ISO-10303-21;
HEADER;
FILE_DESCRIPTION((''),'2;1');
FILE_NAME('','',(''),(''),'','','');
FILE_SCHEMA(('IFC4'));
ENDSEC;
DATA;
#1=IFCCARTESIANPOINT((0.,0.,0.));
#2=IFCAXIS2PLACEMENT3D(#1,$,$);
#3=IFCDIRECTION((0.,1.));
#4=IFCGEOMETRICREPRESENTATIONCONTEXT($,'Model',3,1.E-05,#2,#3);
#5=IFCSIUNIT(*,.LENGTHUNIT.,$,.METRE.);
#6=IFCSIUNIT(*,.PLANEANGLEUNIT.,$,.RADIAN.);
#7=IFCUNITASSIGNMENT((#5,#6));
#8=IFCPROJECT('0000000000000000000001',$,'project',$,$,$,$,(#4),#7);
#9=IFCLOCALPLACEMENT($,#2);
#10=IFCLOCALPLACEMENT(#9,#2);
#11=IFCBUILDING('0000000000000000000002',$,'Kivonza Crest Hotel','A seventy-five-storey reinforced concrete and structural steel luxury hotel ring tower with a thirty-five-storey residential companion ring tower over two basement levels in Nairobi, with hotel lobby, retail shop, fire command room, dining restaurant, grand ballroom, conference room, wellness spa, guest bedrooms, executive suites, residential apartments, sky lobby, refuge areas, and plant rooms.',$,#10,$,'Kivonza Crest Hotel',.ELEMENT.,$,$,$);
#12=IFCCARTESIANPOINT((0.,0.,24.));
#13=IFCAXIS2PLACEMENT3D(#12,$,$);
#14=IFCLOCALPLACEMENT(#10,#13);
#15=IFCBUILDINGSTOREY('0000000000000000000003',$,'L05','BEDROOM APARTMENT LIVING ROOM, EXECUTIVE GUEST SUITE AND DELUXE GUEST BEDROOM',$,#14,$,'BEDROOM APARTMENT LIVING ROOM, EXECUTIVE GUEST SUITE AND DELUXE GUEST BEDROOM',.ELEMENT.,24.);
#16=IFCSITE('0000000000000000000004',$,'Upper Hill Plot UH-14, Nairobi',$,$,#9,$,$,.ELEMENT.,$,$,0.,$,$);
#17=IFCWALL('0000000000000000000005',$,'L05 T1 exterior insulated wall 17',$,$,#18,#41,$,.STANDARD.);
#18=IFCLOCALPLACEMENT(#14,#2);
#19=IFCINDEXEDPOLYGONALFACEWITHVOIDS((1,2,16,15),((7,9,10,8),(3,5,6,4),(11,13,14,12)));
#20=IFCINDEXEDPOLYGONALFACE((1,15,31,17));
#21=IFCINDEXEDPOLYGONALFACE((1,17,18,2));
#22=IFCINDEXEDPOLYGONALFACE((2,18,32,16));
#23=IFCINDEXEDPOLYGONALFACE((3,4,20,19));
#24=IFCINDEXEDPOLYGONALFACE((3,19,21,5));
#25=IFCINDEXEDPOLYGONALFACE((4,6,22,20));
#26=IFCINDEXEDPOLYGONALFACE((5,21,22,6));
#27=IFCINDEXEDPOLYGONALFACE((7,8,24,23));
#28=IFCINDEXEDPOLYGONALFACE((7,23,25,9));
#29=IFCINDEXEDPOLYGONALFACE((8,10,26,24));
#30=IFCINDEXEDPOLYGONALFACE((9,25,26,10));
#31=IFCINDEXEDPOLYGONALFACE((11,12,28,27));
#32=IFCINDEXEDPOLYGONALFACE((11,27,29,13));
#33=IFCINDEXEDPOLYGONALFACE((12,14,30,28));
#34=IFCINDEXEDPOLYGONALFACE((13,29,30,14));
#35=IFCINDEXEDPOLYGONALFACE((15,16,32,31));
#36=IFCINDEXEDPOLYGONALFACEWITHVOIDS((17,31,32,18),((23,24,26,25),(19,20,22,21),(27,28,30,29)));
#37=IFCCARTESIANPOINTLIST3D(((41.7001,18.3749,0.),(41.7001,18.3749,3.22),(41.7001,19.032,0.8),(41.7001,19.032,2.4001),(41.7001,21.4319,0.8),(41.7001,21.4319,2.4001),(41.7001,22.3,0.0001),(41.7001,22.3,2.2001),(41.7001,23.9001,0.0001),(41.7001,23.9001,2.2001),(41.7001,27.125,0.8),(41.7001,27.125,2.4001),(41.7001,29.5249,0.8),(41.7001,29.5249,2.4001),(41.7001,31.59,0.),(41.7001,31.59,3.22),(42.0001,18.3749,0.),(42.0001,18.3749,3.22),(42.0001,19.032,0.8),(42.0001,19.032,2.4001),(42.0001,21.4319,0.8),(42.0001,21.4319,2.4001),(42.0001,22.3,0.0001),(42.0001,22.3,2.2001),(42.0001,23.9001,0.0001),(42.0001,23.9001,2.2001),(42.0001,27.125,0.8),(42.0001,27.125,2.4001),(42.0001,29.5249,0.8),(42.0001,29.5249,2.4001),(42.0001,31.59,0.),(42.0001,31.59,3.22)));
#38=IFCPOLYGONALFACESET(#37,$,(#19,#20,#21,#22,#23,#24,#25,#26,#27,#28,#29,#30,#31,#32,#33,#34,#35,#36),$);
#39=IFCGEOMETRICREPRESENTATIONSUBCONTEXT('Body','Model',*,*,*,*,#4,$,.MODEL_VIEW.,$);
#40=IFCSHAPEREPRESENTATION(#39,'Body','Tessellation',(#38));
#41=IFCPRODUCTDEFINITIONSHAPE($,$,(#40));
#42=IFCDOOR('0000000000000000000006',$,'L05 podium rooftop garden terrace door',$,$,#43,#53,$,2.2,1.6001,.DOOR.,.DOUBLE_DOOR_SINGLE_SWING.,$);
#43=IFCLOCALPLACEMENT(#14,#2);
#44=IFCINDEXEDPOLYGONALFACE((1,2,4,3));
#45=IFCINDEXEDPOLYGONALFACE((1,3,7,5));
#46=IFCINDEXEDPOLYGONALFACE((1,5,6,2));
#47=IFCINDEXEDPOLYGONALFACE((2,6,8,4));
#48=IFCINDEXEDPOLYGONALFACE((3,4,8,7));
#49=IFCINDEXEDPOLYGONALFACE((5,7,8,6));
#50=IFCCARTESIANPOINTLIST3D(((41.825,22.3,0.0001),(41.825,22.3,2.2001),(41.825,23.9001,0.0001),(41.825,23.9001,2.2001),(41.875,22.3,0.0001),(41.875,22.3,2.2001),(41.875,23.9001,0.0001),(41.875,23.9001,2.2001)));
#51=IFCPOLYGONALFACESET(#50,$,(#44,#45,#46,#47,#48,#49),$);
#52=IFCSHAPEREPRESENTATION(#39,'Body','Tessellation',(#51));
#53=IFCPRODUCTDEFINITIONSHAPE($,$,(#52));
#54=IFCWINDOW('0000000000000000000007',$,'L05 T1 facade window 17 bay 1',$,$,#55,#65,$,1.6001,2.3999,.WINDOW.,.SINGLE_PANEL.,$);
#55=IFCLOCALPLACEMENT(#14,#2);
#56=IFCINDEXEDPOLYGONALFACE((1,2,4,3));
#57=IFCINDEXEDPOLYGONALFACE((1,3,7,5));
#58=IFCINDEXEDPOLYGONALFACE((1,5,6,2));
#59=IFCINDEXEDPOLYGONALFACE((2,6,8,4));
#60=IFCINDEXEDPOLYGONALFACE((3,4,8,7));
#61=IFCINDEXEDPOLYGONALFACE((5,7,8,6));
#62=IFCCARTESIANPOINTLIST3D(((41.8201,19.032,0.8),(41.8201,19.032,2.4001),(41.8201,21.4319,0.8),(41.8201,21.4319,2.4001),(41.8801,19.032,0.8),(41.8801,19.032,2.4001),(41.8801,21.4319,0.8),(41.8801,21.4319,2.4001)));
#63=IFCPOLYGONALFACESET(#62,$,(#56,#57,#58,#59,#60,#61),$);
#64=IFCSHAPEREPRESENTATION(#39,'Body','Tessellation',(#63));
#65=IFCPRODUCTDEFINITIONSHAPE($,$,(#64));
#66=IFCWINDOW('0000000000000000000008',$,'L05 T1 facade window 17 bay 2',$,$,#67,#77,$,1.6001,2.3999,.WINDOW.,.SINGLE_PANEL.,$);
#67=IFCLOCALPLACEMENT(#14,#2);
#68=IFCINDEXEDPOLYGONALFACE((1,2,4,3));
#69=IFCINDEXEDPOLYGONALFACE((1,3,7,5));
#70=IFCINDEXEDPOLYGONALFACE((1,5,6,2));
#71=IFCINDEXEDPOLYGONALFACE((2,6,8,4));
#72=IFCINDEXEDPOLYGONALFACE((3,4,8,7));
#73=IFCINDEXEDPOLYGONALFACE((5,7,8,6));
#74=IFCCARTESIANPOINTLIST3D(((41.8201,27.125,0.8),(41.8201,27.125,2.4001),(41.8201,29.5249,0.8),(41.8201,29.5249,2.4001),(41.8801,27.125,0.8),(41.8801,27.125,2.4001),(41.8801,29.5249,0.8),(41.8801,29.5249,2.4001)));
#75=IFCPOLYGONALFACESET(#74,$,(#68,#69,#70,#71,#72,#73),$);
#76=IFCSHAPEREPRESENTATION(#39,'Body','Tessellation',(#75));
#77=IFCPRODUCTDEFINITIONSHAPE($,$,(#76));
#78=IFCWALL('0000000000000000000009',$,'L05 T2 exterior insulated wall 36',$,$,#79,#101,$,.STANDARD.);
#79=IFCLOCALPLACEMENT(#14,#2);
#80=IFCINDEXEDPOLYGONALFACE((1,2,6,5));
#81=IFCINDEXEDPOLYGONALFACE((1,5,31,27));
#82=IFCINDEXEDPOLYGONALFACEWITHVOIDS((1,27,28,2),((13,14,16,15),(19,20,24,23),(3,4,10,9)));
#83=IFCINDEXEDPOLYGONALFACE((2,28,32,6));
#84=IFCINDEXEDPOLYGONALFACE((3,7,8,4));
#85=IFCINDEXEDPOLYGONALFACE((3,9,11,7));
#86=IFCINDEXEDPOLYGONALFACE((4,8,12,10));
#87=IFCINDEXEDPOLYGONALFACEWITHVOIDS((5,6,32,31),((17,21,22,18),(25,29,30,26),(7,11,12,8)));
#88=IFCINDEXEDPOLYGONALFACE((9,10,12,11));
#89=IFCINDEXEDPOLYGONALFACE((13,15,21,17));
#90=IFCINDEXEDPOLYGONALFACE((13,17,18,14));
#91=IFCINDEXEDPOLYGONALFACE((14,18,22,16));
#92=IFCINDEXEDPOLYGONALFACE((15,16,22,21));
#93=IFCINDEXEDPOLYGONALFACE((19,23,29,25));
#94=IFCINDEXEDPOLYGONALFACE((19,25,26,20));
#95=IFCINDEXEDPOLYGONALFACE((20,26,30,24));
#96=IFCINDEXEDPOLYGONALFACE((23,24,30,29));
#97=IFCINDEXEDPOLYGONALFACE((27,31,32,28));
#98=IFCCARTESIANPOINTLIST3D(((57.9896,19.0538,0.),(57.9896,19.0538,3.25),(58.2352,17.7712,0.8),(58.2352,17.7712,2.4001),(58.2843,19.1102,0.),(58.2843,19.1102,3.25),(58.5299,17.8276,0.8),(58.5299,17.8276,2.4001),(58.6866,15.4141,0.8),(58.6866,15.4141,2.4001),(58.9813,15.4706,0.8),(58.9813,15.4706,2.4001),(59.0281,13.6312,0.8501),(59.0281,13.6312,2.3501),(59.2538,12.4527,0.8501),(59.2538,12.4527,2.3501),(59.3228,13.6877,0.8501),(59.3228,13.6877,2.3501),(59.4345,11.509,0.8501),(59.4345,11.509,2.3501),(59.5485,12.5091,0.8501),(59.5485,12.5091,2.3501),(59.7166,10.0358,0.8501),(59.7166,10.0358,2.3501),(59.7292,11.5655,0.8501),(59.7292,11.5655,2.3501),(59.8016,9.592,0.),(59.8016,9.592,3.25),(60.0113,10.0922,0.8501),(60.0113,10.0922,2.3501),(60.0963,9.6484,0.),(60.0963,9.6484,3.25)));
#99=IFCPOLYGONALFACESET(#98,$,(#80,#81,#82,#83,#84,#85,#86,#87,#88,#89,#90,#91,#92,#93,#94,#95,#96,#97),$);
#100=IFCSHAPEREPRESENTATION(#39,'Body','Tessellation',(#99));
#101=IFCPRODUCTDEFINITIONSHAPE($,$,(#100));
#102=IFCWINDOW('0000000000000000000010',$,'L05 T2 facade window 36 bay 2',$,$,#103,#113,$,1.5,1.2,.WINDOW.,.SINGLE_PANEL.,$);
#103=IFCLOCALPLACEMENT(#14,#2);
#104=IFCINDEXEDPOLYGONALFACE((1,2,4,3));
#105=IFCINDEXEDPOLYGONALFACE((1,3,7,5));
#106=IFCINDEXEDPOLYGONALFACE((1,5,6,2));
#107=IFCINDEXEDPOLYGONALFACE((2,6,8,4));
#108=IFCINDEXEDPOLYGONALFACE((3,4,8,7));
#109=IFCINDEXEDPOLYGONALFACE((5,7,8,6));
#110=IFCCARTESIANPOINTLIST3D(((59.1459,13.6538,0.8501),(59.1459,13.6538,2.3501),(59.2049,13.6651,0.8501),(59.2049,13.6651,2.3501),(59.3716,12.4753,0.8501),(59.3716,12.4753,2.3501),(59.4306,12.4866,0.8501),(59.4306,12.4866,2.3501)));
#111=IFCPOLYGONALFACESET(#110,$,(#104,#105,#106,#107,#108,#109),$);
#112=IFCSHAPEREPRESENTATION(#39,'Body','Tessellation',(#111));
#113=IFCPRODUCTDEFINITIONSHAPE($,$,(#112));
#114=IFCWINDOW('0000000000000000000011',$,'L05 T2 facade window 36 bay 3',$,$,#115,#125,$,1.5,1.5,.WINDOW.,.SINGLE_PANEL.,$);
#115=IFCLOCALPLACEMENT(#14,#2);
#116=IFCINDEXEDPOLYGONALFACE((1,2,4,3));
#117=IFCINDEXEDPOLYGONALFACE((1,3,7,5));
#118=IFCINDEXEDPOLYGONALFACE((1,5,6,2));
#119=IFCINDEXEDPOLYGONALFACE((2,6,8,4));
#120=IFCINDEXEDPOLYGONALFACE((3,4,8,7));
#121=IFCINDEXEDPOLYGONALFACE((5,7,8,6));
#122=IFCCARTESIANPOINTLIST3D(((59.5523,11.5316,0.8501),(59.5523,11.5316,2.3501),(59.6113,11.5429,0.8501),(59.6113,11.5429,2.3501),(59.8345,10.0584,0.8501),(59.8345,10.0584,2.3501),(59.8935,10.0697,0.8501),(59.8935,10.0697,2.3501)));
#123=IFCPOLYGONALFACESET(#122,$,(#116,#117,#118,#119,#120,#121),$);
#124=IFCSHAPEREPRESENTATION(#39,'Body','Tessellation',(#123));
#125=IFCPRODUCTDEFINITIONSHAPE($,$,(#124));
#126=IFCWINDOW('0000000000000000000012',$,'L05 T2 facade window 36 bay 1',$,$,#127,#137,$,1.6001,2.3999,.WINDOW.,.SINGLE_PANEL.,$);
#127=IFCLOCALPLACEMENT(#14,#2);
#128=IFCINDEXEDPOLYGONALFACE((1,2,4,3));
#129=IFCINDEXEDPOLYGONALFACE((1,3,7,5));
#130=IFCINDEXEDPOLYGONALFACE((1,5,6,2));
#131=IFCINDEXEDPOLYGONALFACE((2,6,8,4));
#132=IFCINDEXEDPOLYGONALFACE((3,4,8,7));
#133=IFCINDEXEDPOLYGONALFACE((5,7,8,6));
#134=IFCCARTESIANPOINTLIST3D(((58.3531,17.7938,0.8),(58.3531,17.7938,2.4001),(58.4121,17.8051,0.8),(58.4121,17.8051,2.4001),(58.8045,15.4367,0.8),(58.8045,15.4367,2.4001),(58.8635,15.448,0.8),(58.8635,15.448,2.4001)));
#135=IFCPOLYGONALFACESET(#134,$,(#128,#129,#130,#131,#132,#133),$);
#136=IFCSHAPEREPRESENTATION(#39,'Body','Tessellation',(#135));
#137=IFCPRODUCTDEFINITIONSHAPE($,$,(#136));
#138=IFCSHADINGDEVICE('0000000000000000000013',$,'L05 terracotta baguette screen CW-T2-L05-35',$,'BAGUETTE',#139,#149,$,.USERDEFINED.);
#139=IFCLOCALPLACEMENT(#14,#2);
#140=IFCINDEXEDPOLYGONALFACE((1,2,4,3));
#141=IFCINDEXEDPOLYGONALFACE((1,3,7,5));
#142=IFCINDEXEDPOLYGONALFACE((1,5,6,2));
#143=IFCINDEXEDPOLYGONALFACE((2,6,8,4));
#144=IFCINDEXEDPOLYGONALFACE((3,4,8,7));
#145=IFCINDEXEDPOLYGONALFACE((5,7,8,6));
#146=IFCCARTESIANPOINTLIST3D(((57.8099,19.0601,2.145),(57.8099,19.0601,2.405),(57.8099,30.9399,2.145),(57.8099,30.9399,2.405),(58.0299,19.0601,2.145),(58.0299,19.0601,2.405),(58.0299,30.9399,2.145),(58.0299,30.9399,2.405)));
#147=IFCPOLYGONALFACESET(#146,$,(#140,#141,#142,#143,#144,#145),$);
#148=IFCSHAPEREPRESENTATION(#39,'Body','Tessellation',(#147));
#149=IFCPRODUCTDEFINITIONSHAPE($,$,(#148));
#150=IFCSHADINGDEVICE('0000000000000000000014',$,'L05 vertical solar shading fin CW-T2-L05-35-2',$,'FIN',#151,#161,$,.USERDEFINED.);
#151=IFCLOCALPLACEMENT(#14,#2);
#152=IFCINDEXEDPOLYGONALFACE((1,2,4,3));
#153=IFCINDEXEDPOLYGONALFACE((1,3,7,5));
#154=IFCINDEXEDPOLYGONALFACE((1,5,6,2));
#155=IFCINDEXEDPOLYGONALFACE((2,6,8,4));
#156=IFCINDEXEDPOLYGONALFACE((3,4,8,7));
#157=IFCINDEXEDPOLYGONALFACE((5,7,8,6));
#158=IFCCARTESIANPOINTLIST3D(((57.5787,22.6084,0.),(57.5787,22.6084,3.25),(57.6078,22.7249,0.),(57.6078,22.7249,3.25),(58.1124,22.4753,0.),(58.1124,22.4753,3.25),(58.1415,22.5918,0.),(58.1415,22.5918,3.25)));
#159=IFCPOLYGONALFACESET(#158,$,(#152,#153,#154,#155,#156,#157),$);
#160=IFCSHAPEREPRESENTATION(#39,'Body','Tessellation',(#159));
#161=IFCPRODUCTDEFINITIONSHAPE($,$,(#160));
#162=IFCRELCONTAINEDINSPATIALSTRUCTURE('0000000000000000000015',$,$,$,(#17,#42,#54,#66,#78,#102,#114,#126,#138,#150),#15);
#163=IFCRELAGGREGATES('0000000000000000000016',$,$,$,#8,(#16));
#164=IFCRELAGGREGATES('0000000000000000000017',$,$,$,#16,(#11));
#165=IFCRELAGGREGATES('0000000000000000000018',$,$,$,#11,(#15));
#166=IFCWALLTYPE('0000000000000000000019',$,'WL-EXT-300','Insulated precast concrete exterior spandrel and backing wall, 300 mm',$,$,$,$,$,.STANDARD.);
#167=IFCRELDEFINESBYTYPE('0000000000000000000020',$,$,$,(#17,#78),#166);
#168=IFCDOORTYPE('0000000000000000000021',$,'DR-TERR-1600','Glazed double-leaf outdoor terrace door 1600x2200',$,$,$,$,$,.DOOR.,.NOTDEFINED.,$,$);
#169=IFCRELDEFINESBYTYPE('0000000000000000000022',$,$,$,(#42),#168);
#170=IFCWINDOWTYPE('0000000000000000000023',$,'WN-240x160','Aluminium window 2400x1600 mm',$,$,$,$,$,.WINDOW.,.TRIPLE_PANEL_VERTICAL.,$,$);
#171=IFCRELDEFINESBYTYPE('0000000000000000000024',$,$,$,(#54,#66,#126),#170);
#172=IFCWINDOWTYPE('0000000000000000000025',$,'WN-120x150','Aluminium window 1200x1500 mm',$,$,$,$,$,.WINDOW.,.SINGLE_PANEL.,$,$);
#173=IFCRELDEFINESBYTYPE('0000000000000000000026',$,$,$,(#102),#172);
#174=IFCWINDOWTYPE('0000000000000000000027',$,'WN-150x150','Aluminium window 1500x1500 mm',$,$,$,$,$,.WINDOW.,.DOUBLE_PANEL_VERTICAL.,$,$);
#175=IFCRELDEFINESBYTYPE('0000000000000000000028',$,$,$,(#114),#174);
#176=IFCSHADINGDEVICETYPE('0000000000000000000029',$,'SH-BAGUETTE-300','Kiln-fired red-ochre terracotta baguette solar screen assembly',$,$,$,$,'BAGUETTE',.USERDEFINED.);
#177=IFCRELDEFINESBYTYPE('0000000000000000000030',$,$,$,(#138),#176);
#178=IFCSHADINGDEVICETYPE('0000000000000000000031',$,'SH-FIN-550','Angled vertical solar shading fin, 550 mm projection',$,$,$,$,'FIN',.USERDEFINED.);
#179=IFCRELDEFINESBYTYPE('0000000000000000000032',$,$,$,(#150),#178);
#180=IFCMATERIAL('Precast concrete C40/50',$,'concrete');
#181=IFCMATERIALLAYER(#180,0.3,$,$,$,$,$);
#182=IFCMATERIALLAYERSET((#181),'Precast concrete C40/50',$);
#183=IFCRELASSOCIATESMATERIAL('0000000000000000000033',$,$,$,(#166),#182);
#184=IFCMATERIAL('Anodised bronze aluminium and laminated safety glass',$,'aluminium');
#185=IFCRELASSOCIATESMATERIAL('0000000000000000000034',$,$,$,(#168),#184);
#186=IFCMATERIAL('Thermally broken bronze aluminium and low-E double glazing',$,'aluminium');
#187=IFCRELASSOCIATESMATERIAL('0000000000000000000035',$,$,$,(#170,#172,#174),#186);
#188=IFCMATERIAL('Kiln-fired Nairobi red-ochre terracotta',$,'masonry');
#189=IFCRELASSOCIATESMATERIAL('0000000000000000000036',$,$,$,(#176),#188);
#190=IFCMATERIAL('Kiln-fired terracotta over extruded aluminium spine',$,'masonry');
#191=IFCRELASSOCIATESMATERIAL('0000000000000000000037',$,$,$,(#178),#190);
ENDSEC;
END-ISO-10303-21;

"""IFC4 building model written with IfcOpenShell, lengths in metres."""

from ifc_helpers import new_model, si_unit, direction, frame, frame_2d, origin, origin_2d, place, context, subcontext, project, spatial, rectangle, extrude, material, layer, layer_set, type_object, element, fill, save


model = new_model("IFC4")

# Units and contexts
model_context = context("Model", 3, precision=1e-05, world=origin(), true_north=direction((0.0, 1.0)))
body_context = subcontext(model_context, "Body", "Model", "MODEL_VIEW")
ifc_project = project(units=[si_unit("LENGTHUNIT", "METRE"), si_unit("PLANEANGLEUNIT", "RADIAN")], contexts=[model_context])

# Site, building, storey
site_placement = place(None, origin())
site = spatial("IfcSite", under=ifc_project, at=site_placement, Name="Upper Hill Plot UH-14, Nairobi", CompositionType="ELEMENT", RefElevation=0.0)
building_placement = place(site_placement, origin())
building = spatial("IfcBuilding", under=site, at=building_placement, Name="Kivonza Crest Hotel", Description="A seventy-five-storey reinforced concrete and structural steel luxury hotel ring tower with a thirty-five-storey residential companion ring tower over two basement levels in Nairobi, with hotel lobby, retail shop, fire command room, dining restaurant, grand ballroom, conference room, wellness spa, guest bedrooms, executive suites, residential apartments, sky lobby, refuge areas, and plant rooms.", LongName="Kivonza Crest Hotel", CompositionType="ELEMENT")
storey_placement = place(building_placement, frame((0.0, 0.0, 24.0)))
storey = spatial("IfcBuildingStorey", under=building, at=storey_placement, Name="L05", Description="BEDROOM APARTMENT LIVING ROOM, EXECUTIVE GUEST SUITE AND DELUXE GUEST BEDROOM", LongName="BEDROOM APARTMENT LIVING ROOM, EXECUTIVE GUEST SUITE AND DELUXE GUEST BEDROOM", CompositionType="ELEMENT", Elevation=24.0)

# Wall, openings, door, windows
ifc_material_1 = material(Name="Precast concrete C40/50", Category="concrete")
ifc_layer_1 = layer(ifc_material_1, 0.3)
ifc_layer_set_1 = layer_set([ifc_layer_1], Name="Precast concrete C40/50")
wall_type_1 = type_object("IfcWallType", Name="WL-EXT-300", Description="Insulated precast concrete exterior spandrel and backing wall, 300 mm", PredefinedType="STANDARD", material=ifc_layer_set_1)
wall_1_placement = place(storey_placement, frame((41.8501, 18.375, 0.0), z_axis=(0.0, 0.0, 1.0), x_axis=(0.0, 1.0, 0.0)))
wall_1 = element("IfcWall", 1, at=wall_1_placement, inside=storey, type_object=wall_type_1, Name="L05 T1 exterior insulated wall 17", PredefinedType="STANDARD", context=body_context, shape_type="SweptSolid", body=[
    extrude(rectangle(XDim=13.2151, YDim=0.3, at=frame_2d((6.6074, 0.0))), origin(), (0.0, 0.0, 1.0), 3.22),
])
opening_1_placement = place(wall_1_placement, frame((3.925, 0.0, 0.0)))
opening_1 = element("IfcOpeningElement", 2, at=opening_1_placement, cuts=wall_1, PredefinedType="OPENING", context=body_context, shape_type="SweptSolid", body=[
    extrude(rectangle(XDim=1.6001, YDim=2.2, at=frame_2d((0.8, 1.1001))), frame((0.0, 0.1602, 0.0), z_axis=(0.0, -1.0, 0.0), x_axis=(1.0, 0.0, 0.0)), (0.0, 0.0, 1.0), 0.3201),
])
opening_2_placement = place(wall_1_placement, frame((0.657, 0.0, 0.8)))
opening_2 = element("IfcOpeningElement", 3, at=opening_2_placement, cuts=wall_1, PredefinedType="OPENING", context=body_context, shape_type="SweptSolid", body=[
    extrude(rectangle(XDim=2.3999, YDim=1.6001, at=frame_2d((1.2, 0.8))), frame((0.0, 0.1602, 0.0), z_axis=(0.0, -1.0, 0.0), x_axis=(1.0, 0.0, 0.0)), (0.0, 0.0, 1.0), 0.3201),
])
opening_3_placement = place(wall_1_placement, frame((8.75, 0.0, 0.8)))
opening_3 = element("IfcOpeningElement", 4, at=opening_3_placement, cuts=wall_1, PredefinedType="OPENING", context=body_context, shape_type="SweptSolid", body=[
    extrude(rectangle(XDim=2.3999, YDim=1.6001, at=frame_2d((1.2, 0.8))), frame((0.0, 0.1602, 0.0), z_axis=(0.0, -1.0, 0.0), x_axis=(1.0, 0.0, 0.0)), (0.0, 0.0, 1.0), 0.3201),
])
ifc_material_2 = material(Name="Anodised bronze aluminium and laminated safety glass", Category="aluminium")
door_type = type_object("IfcDoorType", Name="DR-TERR-1600", Description="Glazed double-leaf outdoor terrace door 1600x2200", OperationType="NOTDEFINED", PredefinedType="DOOR", material=ifc_material_2)
door_placement = place(opening_1_placement, frame((1.6001, 0.0, 0.0), z_axis=(0.0, 0.0, 1.0), x_axis=(-1.0, 0.0, 0.0)))
door = element("IfcDoor", 5, at=door_placement, inside=storey, type_object=door_type, Name="L05 podium rooftop garden terrace door", OperationType="DOUBLE_DOOR_SINGLE_SWING", OverallHeight=2.2, OverallWidth=1.6001, PredefinedType="DOOR", context=body_context, shape_type="SweptSolid", body=[
    extrude(rectangle(XDim=1.6001, YDim=2.2, at=frame_2d((0.8, 1.1001))), frame((0.0, 0.0249, 0.0), z_axis=(0.0, -1.0, 0.0), x_axis=(1.0, 0.0, 0.0)), (0.0, 0.0, 1.0), 0.05),
])
fill(opening_1, door)
ifc_material_3 = material(Name="Thermally broken bronze aluminium and low-E double glazing", Category="aluminium")
window_type_1 = type_object("IfcWindowType", Name="WN-240x160", Description="Aluminium window 2400x1600 mm", PartitioningType="TRIPLE_PANEL_VERTICAL", PredefinedType="WINDOW", material=ifc_material_3)
window_1_placement = place(opening_2_placement, origin())
window_1 = element("IfcWindow", 6, at=window_1_placement, inside=storey, type_object=window_type_1, Name="L05 T1 facade window 17 bay 1", OverallHeight=1.6001, OverallWidth=2.3999, PartitioningType="SINGLE_PANEL", PredefinedType="WINDOW", context=body_context, shape_type="SweptSolid", body=[
    extrude(rectangle(XDim=2.3999, YDim=1.6001, at=frame_2d((1.2, 0.8))), frame((0.0, 0.03, 0.0), z_axis=(0.0, -1.0, 0.0), x_axis=(1.0, 0.0, 0.0)), (0.0, 0.0, 1.0), 0.0601),
])
fill(opening_2, window_1)
window_2_placement = place(opening_3_placement, origin())
window_2 = element("IfcWindow", 7, at=window_2_placement, inside=storey, type_object=window_type_1, Name="L05 T1 facade window 17 bay 2", OverallHeight=1.6001, OverallWidth=2.3999, PartitioningType="SINGLE_PANEL", PredefinedType="WINDOW", context=body_context, shape_type="SweptSolid", body=[
    extrude(rectangle(XDim=2.3999, YDim=1.6001, at=frame_2d((1.2, 0.8))), frame((0.0, 0.03, 0.0), z_axis=(0.0, -1.0, 0.0), x_axis=(1.0, 0.0, 0.0)), (0.0, 0.0, 1.0), 0.0601),
])
fill(opening_3, window_2)

# Wall, openings, windows
wall_2_placement = place(storey_placement, frame((58.137, 19.082, 0.0), z_axis=(0.0, 0.0, 1.0), x_axis=(0.188088, -0.982152, 0.0)))
wall_2 = element("IfcWall", 8, at=wall_2_placement, inside=storey, type_object=wall_type_1, Name="L05 T2 exterior insulated wall 36", PredefinedType="STANDARD", context=body_context, shape_type="SweptSolid", body=[
    extrude(rectangle(XDim=9.6338, YDim=0.3, at=frame_2d((4.8169, 0.0))), origin(), (0.0, 0.0, 1.0), 3.25),
])
opening_4_placement = place(wall_2_placement, frame((1.3059, 0.0, 0.8)))
opening_4 = element("IfcOpeningElement", 9, at=opening_4_placement, cuts=wall_2, PredefinedType="OPENING", context=body_context, shape_type="SweptSolid", body=[
    extrude(rectangle(XDim=2.3999, YDim=1.6001, at=frame_2d((1.2, 0.8))), frame((0.0, 0.1602, 0.0), z_axis=(0.0, -1.0, 0.0), x_axis=(1.0, 0.0, 0.0)), (0.0, 0.0, 1.0), 0.3201),
])
opening_5_placement = place(wall_2_placement, frame((5.521, 0.0, 0.8501)))
opening_5 = element("IfcOpeningElement", 10, at=opening_5_placement, cuts=wall_2, PredefinedType="OPENING", context=body_context, shape_type="SweptSolid", body=[
    extrude(rectangle(XDim=1.2, YDim=1.5, at=frame_2d((0.6001, 0.75))), frame((0.0, 0.1602, 0.0), z_axis=(0.0, -1.0, 0.0), x_axis=(1.0, 0.0, 0.0)), (0.0, 0.0, 1.0), 0.3201),
])
opening_6_placement = place(wall_2_placement, frame((7.6819, 0.0, 0.8501)))
opening_6 = element("IfcOpeningElement", 11, at=opening_6_placement, cuts=wall_2, PredefinedType="OPENING", context=body_context, shape_type="SweptSolid", body=[
    extrude(rectangle(XDim=1.5, YDim=1.5, at=frame_2d((0.75, 0.75))), frame((0.0, 0.1602, 0.0), z_axis=(0.0, -1.0, 0.0), x_axis=(1.0, 0.0, 0.0)), (0.0, 0.0, 1.0), 0.3201),
])
window_type_2 = type_object("IfcWindowType", Name="WN-120x150", Description="Aluminium window 1200x1500 mm", PartitioningType="SINGLE_PANEL", PredefinedType="WINDOW", material=ifc_material_3)
window_3_placement = place(opening_5_placement, origin())
window_3 = element("IfcWindow", 12, at=window_3_placement, inside=storey, type_object=window_type_2, Name="L05 T2 facade window 36 bay 2", OverallHeight=1.5, OverallWidth=1.2, PartitioningType="SINGLE_PANEL", PredefinedType="WINDOW", context=body_context, shape_type="SweptSolid", body=[
    extrude(rectangle(XDim=1.2, YDim=1.5, at=frame_2d((0.6001, 0.75))), frame((0.0, 0.03, 0.0), z_axis=(0.0, -1.0, 0.0), x_axis=(1.0, 0.0, 0.0)), (0.0, 0.0, 1.0), 0.0601),
])
fill(opening_5, window_3)
window_type_3 = type_object("IfcWindowType", Name="WN-150x150", Description="Aluminium window 1500x1500 mm", PartitioningType="DOUBLE_PANEL_VERTICAL", PredefinedType="WINDOW", material=ifc_material_3)
window_4_placement = place(opening_6_placement, origin())
window_4 = element("IfcWindow", 13, at=window_4_placement, inside=storey, type_object=window_type_3, Name="L05 T2 facade window 36 bay 3", OverallHeight=1.5, OverallWidth=1.5, PartitioningType="SINGLE_PANEL", PredefinedType="WINDOW", context=body_context, shape_type="SweptSolid", body=[
    extrude(rectangle(XDim=1.5, YDim=1.5, at=frame_2d((0.75, 0.75))), frame((0.0, 0.03, 0.0), z_axis=(0.0, -1.0, 0.0), x_axis=(1.0, 0.0, 0.0)), (0.0, 0.0, 1.0), 0.0601),
])
fill(opening_6, window_4)
window_5_placement = place(opening_4_placement, origin())
window_5 = element("IfcWindow", 14, at=window_5_placement, inside=storey, type_object=window_type_1, Name="L05 T2 facade window 36 bay 1", OverallHeight=1.6001, OverallWidth=2.3999, PartitioningType="SINGLE_PANEL", PredefinedType="WINDOW", context=body_context, shape_type="SweptSolid", body=[
    extrude(rectangle(XDim=2.3999, YDim=1.6001, at=frame_2d((1.2, 0.8))), frame((0.0, 0.03, 0.0), z_axis=(0.0, -1.0, 0.0), x_axis=(1.0, 0.0, 0.0)), (0.0, 0.0, 1.0), 0.0601),
])
fill(opening_4, window_5)

# Shading devices
ifc_material_4 = material(Name="Kiln-fired Nairobi red-ochre terracotta", Category="masonry")
shading_device_type_1 = type_object("IfcShadingDeviceType", Name="SH-BAGUETTE-300", Description="Kiln-fired red-ochre terracotta baguette solar screen assembly", ElementType="BAGUETTE", PredefinedType="USERDEFINED", material=ifc_material_4)
shading_device_1_placement = place(storey_placement, frame((57.9199, 25.0, 2.145), z_axis=(0.0, 0.0, 1.0), x_axis=(0.0, -1.0, 0.0)))
element("IfcShadingDevice", 15, at=shading_device_1_placement, inside=storey, type_object=shading_device_type_1, Name="L05 terracotta baguette screen CW-T2-L05-35", ObjectType="BAGUETTE", PredefinedType="USERDEFINED", context=body_context, shape_type="SweptSolid", body=[
    extrude(rectangle(XDim=11.8799, YDim=0.22, at=origin_2d()), origin(), (0.0, 0.0, 1.0), 0.26),
])
ifc_material_5 = material(Name="Kiln-fired terracotta over extruded aluminium spine", Category="masonry")
shading_device_type_2 = type_object("IfcShadingDeviceType", Name="SH-FIN-550", Description="Angled vertical solar shading fin, 550 mm projection", ElementType="FIN", PredefinedType="USERDEFINED", material=ifc_material_5)
shading_device_2_placement = place(storey_placement, frame((57.8601, 22.6001, 0.0), z_axis=(0.0, 0.0, 1.0), x_axis=(-0.241922, -0.970296, 0.0)))
element("IfcShadingDevice", 16, at=shading_device_2_placement, inside=storey, type_object=shading_device_type_2, Name="L05 vertical solar shading fin CW-T2-L05-35-2", ObjectType="FIN", PredefinedType="USERDEFINED", context=body_context, shape_type="SweptSolid", body=[
    extrude(rectangle(XDim=0.1201, YDim=0.55, at=origin_2d()), origin(), (0.0, 0.0, 1.0), 3.25),
])

save(model, "model.ifc")
